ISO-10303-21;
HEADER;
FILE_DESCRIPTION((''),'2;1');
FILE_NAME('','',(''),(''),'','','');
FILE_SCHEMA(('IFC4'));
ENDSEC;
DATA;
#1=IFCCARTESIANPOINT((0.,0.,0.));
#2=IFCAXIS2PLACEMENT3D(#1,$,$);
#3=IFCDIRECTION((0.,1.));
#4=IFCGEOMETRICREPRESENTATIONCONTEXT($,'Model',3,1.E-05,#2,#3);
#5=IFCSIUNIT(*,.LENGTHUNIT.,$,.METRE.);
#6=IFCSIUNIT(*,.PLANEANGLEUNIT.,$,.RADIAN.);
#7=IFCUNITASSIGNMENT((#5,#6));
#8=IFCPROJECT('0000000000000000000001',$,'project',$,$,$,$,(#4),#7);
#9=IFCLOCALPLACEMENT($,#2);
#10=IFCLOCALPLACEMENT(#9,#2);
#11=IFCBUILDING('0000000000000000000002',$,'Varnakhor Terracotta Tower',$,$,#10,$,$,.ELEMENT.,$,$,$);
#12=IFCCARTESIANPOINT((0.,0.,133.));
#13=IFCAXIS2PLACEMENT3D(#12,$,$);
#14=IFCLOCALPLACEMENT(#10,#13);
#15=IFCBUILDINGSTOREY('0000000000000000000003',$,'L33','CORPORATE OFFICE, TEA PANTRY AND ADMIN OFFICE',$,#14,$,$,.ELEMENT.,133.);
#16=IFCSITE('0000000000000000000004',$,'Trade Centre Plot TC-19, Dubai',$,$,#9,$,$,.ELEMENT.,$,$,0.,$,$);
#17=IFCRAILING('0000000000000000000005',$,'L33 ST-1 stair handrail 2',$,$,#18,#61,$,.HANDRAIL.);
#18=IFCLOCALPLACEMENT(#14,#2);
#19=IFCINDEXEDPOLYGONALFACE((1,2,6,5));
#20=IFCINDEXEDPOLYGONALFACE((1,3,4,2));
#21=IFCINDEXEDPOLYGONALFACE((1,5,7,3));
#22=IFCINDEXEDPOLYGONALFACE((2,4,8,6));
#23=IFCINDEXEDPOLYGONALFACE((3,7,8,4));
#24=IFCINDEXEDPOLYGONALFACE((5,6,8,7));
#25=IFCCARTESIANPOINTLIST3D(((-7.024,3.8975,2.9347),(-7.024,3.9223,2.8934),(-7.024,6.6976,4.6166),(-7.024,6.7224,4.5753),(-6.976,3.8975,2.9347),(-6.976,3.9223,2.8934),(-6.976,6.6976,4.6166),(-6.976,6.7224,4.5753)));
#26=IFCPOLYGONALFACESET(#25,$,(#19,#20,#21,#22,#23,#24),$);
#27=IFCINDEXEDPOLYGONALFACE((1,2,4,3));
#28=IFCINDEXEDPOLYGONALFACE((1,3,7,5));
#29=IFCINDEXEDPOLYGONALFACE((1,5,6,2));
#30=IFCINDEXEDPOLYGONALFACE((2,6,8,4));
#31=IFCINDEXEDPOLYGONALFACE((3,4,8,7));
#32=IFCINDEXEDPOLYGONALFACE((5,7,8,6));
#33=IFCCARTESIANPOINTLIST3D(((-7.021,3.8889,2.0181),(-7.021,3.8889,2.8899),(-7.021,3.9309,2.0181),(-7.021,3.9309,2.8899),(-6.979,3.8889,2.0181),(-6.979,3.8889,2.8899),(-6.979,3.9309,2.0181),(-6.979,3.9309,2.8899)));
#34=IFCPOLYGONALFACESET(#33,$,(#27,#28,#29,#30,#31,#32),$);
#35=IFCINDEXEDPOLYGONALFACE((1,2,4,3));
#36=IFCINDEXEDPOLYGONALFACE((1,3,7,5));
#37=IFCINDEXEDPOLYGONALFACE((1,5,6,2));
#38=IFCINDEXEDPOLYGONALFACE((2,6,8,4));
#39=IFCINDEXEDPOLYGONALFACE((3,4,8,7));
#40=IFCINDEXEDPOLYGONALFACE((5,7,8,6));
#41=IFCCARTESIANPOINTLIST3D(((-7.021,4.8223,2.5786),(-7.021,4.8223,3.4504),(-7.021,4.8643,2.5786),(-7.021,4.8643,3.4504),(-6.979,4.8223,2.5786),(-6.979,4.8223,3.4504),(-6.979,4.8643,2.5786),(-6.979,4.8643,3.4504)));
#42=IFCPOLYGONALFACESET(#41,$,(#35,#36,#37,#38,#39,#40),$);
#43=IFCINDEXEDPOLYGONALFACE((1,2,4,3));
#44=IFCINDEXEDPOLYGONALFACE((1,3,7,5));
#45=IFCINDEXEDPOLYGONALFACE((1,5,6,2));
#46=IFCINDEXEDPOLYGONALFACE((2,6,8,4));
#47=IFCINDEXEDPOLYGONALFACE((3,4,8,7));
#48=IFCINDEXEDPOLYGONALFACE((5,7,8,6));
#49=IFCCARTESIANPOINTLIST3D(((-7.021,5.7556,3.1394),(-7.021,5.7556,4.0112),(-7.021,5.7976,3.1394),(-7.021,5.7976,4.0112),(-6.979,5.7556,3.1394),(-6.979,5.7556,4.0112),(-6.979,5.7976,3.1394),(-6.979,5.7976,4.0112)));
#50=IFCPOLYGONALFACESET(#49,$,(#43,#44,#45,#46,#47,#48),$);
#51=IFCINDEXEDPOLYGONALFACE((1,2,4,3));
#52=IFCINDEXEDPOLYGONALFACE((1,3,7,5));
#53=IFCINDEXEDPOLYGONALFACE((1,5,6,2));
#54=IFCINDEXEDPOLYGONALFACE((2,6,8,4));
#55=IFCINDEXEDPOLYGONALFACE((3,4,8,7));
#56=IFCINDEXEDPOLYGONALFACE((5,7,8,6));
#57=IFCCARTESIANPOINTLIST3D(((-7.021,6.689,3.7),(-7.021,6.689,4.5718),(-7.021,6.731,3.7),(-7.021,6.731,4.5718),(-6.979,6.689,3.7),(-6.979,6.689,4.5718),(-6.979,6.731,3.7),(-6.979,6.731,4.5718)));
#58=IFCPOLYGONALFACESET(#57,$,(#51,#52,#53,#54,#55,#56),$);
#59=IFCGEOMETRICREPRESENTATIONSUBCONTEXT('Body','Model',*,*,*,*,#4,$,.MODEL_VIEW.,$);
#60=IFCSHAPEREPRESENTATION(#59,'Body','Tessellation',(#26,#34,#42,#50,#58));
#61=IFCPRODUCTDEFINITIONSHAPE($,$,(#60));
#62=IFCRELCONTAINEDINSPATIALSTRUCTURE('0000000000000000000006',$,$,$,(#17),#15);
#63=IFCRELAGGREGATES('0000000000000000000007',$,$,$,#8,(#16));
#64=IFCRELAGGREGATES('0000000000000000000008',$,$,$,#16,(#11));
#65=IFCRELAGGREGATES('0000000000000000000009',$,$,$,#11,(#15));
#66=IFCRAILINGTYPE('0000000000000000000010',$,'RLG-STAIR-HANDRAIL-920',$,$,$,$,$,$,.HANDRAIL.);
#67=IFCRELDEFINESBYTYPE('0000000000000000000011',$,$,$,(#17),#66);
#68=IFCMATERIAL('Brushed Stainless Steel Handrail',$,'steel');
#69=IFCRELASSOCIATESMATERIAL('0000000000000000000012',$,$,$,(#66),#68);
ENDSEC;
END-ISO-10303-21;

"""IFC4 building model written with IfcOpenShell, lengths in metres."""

from ifc_helpers import new_model, si_unit, direction, frame, origin, origin_2d, place, context, subcontext, project, spatial, rectangle, extrude, material, type_object, element, save


model = new_model("IFC4")

# Units and contexts
model_context = context("Model", 3, precision=1e-05, world=origin(), true_north=direction((0.0, 1.0)))
body_context = subcontext(model_context, "Body", "Model", "MODEL_VIEW")
ifc_project = project(units=[si_unit("LENGTHUNIT", "METRE"), si_unit("PLANEANGLEUNIT", "RADIAN")], contexts=[model_context])

# Site, building, storey
site_placement = place(None, origin())
site = spatial("IfcSite", under=ifc_project, at=site_placement, Name="Trade Centre Plot TC-19, Dubai", CompositionType="ELEMENT", RefElevation=0.0)
building_placement = place(site_placement, origin())
building = spatial("IfcBuilding", under=site, at=building_placement, Name="Varnakhor Terracotta Tower", CompositionType="ELEMENT")
storey_placement = place(building_placement, frame((0.0, 0.0, 133.0)))
storey = spatial("IfcBuildingStorey", under=building, at=storey_placement, Name="L33", Description="CORPORATE OFFICE, TEA PANTRY AND ADMIN OFFICE", CompositionType="ELEMENT", Elevation=133.0)

# Railing
ifc_material_1 = material(Name="Brushed Stainless Steel Handrail", Category="steel")
railing_type_1 = type_object("IfcRailingType", Name="RLG-STAIR-HANDRAIL-920", PredefinedType="HANDRAIL", material=ifc_material_1)
railing_1_placement = place(storey_placement, frame((-7.0, 3.9099, 2.0181)))
element("IfcRailing", 1, at=railing_1_placement, inside=storey, type_object=railing_type_1, Name="L33 ST-1 stair handrail 2", PredefinedType="HANDRAIL", context=body_context, shape_type="SweptSolid", body=[
    extrude(rectangle(XDim=0.0481, YDim=0.0481, at=origin_2d()), frame((0.0, 0.0, 0.896), z_axis=(0.0, 0.857242, 0.514913), x_axis=(-1.0, 0.0, 0.0)), (0.0, 0.0, 1.0), 3.2664),
    extrude(rectangle(XDim=0.042, YDim=0.042, at=origin_2d()), origin(), (0.0, 0.0, 1.0), 0.8718),
    extrude(rectangle(XDim=0.042, YDim=0.042, at=origin_2d()), frame((0.0, 0.9333, 0.5605)), (0.0, 0.0, 1.0), 0.8718),
    extrude(rectangle(XDim=0.042, YDim=0.042, at=origin_2d()), frame((0.0, 1.8667, 1.1213)), (0.0, 0.0, 1.0), 0.8718),
    extrude(rectangle(XDim=0.042, YDim=0.042, at=origin_2d()), frame((0.0, 2.8, 1.6819)), (0.0, 0.0, 1.0), 0.8718),
])

save(model, "model.ifc")
